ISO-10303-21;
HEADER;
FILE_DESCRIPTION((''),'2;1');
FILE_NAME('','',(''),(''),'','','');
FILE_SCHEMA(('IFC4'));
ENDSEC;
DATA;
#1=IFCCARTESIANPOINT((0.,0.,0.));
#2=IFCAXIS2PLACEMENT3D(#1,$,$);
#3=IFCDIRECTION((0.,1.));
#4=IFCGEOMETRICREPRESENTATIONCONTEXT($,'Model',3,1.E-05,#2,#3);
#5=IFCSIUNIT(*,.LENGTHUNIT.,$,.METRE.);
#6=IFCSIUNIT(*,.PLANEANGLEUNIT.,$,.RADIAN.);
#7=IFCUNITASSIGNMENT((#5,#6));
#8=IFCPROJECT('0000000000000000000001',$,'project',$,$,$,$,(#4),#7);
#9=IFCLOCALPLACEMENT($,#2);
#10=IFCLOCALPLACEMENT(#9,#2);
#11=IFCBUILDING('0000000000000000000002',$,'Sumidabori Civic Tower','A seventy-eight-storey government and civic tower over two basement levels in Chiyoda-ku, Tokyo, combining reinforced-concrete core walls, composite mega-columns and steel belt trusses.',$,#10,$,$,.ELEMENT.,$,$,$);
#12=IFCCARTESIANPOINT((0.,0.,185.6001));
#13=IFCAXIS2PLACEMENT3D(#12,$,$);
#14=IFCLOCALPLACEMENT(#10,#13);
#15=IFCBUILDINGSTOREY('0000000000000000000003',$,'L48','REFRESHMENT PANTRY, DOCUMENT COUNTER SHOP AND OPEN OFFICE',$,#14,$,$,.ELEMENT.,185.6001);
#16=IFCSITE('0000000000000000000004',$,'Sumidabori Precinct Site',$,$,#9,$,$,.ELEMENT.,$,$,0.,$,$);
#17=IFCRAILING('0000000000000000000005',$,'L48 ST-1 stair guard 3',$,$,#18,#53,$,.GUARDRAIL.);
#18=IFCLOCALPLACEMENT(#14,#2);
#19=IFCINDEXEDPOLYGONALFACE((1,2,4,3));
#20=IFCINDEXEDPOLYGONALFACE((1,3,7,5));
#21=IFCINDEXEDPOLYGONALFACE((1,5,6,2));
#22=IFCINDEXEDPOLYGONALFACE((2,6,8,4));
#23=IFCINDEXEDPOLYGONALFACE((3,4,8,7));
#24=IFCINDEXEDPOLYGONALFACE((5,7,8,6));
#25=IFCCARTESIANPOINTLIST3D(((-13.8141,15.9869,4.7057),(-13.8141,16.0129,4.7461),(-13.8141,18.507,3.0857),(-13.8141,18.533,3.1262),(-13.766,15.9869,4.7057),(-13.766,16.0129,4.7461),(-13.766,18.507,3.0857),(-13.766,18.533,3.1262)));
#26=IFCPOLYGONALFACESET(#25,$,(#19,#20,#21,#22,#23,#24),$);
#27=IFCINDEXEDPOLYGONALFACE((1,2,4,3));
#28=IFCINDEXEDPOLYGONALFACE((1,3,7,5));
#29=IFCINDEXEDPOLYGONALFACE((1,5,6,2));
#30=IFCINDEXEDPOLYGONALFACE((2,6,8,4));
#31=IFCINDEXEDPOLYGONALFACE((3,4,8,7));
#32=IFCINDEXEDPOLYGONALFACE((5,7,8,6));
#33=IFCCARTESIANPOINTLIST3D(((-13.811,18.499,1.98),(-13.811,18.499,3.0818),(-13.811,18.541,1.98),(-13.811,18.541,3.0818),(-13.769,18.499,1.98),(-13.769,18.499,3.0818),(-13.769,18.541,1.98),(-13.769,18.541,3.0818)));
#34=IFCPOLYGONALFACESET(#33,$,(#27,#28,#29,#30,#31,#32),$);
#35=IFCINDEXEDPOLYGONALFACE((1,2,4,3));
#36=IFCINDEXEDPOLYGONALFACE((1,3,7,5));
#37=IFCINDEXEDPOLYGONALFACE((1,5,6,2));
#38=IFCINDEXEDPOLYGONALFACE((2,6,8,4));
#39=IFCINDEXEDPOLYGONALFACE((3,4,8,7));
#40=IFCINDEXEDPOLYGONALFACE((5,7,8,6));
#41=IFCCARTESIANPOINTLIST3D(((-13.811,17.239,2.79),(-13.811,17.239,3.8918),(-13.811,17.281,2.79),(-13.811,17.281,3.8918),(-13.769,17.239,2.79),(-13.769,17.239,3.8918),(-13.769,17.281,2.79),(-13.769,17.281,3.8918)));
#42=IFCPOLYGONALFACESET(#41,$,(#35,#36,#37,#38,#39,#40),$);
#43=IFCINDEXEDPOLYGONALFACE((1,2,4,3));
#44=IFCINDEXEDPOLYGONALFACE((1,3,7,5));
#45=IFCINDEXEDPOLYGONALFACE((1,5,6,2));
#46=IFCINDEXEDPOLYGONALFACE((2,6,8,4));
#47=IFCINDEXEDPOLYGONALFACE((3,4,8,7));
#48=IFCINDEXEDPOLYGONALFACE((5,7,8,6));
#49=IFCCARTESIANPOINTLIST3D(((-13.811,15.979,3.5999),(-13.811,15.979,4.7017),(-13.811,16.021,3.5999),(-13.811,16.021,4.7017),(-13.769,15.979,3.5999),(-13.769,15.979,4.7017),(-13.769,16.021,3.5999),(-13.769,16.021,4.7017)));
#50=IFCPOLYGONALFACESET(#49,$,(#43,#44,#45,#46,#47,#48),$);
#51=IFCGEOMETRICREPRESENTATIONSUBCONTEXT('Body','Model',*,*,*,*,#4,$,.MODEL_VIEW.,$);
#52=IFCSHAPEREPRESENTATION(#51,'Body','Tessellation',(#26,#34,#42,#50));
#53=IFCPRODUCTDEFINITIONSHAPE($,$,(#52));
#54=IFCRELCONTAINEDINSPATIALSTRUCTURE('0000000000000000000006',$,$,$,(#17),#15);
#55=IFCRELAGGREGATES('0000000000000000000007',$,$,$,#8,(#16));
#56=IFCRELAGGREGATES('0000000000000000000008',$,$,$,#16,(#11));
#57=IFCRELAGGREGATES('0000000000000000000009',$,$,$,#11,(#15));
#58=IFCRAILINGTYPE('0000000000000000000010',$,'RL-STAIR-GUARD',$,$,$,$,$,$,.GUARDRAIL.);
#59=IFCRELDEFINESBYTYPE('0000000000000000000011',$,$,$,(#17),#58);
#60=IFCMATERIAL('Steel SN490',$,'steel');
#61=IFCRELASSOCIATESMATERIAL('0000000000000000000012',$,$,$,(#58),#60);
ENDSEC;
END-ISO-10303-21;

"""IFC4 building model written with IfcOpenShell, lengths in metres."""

from ifc_helpers import new_model, si_unit, direction, frame, origin, origin_2d, place, context, subcontext, project, spatial, rectangle, extrude, material, type_object, element, save


model = new_model("IFC4")

# Units and contexts
model_context = context("Model", 3, precision=1e-05, world=origin(), true_north=direction((0.0, 1.0)))
body_context = subcontext(model_context, "Body", "Model", "MODEL_VIEW")
ifc_project = project(units=[si_unit("LENGTHUNIT", "METRE"), si_unit("PLANEANGLEUNIT", "RADIAN")], contexts=[model_context])

# Site, building, storey
site_placement = place(None, origin())
site = spatial("IfcSite", under=ifc_project, at=site_placement, Name="Sumidabori Precinct Site", CompositionType="ELEMENT", RefElevation=0.0)
building_placement = place(site_placement, origin())
building = spatial("IfcBuilding", under=site, at=building_placement, Name="Sumidabori Civic Tower", Description="A seventy-eight-storey government and civic tower over two basement levels in Chiyoda-ku, Tokyo, combining reinforced-concrete core walls, composite mega-columns and steel belt trusses.", CompositionType="ELEMENT")
storey_placement = place(building_placement, frame((0.0, 0.0, 185.6001)))
storey = spatial("IfcBuildingStorey", under=building, at=storey_placement, Name="L48", Description="REFRESHMENT PANTRY, DOCUMENT COUNTER SHOP AND OPEN OFFICE", CompositionType="ELEMENT", Elevation=185.6001)

# Shared definitions
ifc_material_1 = material(Name="Steel SN490", Category="steel")

# Railing
railing_type_1 = type_object("IfcRailingType", Name="RL-STAIR-GUARD", PredefinedType="GUARDRAIL", material=ifc_material_1)
railing_1_placement = place(storey_placement, frame((-13.79, 18.52, 1.98)))
element("IfcRailing", 1, at=railing_1_placement, inside=storey, type_object=railing_type_1, Name="L48 ST-1 stair guard 3", PredefinedType="GUARDRAIL", context=body_context, shape_type="SweptSolid", body=[
    extrude(rectangle(XDim=0.0481, YDim=0.0481, at=origin_2d()), frame((0.0, 0.0, 1.126), z_axis=(0.0, -0.8412, 0.540725), x_axis=(1.0, 0.0, 0.0)), (0.0, 0.0, 1.0), 2.9958),
    extrude(rectangle(XDim=0.042, YDim=0.042, at=origin_2d()), origin(), (0.0, 0.0, 1.0), 1.1018),
    extrude(rectangle(XDim=0.042, YDim=0.042, at=origin_2d()), frame((0.0, -1.26, 0.8101)), (0.0, 0.0, 1.0), 1.1018),
    extrude(rectangle(XDim=0.042, YDim=0.042, at=origin_2d()), frame((0.0, -2.52, 1.6199)), (0.0, 0.0, 1.0), 1.1018),
])

save(model, "model.ifc")
